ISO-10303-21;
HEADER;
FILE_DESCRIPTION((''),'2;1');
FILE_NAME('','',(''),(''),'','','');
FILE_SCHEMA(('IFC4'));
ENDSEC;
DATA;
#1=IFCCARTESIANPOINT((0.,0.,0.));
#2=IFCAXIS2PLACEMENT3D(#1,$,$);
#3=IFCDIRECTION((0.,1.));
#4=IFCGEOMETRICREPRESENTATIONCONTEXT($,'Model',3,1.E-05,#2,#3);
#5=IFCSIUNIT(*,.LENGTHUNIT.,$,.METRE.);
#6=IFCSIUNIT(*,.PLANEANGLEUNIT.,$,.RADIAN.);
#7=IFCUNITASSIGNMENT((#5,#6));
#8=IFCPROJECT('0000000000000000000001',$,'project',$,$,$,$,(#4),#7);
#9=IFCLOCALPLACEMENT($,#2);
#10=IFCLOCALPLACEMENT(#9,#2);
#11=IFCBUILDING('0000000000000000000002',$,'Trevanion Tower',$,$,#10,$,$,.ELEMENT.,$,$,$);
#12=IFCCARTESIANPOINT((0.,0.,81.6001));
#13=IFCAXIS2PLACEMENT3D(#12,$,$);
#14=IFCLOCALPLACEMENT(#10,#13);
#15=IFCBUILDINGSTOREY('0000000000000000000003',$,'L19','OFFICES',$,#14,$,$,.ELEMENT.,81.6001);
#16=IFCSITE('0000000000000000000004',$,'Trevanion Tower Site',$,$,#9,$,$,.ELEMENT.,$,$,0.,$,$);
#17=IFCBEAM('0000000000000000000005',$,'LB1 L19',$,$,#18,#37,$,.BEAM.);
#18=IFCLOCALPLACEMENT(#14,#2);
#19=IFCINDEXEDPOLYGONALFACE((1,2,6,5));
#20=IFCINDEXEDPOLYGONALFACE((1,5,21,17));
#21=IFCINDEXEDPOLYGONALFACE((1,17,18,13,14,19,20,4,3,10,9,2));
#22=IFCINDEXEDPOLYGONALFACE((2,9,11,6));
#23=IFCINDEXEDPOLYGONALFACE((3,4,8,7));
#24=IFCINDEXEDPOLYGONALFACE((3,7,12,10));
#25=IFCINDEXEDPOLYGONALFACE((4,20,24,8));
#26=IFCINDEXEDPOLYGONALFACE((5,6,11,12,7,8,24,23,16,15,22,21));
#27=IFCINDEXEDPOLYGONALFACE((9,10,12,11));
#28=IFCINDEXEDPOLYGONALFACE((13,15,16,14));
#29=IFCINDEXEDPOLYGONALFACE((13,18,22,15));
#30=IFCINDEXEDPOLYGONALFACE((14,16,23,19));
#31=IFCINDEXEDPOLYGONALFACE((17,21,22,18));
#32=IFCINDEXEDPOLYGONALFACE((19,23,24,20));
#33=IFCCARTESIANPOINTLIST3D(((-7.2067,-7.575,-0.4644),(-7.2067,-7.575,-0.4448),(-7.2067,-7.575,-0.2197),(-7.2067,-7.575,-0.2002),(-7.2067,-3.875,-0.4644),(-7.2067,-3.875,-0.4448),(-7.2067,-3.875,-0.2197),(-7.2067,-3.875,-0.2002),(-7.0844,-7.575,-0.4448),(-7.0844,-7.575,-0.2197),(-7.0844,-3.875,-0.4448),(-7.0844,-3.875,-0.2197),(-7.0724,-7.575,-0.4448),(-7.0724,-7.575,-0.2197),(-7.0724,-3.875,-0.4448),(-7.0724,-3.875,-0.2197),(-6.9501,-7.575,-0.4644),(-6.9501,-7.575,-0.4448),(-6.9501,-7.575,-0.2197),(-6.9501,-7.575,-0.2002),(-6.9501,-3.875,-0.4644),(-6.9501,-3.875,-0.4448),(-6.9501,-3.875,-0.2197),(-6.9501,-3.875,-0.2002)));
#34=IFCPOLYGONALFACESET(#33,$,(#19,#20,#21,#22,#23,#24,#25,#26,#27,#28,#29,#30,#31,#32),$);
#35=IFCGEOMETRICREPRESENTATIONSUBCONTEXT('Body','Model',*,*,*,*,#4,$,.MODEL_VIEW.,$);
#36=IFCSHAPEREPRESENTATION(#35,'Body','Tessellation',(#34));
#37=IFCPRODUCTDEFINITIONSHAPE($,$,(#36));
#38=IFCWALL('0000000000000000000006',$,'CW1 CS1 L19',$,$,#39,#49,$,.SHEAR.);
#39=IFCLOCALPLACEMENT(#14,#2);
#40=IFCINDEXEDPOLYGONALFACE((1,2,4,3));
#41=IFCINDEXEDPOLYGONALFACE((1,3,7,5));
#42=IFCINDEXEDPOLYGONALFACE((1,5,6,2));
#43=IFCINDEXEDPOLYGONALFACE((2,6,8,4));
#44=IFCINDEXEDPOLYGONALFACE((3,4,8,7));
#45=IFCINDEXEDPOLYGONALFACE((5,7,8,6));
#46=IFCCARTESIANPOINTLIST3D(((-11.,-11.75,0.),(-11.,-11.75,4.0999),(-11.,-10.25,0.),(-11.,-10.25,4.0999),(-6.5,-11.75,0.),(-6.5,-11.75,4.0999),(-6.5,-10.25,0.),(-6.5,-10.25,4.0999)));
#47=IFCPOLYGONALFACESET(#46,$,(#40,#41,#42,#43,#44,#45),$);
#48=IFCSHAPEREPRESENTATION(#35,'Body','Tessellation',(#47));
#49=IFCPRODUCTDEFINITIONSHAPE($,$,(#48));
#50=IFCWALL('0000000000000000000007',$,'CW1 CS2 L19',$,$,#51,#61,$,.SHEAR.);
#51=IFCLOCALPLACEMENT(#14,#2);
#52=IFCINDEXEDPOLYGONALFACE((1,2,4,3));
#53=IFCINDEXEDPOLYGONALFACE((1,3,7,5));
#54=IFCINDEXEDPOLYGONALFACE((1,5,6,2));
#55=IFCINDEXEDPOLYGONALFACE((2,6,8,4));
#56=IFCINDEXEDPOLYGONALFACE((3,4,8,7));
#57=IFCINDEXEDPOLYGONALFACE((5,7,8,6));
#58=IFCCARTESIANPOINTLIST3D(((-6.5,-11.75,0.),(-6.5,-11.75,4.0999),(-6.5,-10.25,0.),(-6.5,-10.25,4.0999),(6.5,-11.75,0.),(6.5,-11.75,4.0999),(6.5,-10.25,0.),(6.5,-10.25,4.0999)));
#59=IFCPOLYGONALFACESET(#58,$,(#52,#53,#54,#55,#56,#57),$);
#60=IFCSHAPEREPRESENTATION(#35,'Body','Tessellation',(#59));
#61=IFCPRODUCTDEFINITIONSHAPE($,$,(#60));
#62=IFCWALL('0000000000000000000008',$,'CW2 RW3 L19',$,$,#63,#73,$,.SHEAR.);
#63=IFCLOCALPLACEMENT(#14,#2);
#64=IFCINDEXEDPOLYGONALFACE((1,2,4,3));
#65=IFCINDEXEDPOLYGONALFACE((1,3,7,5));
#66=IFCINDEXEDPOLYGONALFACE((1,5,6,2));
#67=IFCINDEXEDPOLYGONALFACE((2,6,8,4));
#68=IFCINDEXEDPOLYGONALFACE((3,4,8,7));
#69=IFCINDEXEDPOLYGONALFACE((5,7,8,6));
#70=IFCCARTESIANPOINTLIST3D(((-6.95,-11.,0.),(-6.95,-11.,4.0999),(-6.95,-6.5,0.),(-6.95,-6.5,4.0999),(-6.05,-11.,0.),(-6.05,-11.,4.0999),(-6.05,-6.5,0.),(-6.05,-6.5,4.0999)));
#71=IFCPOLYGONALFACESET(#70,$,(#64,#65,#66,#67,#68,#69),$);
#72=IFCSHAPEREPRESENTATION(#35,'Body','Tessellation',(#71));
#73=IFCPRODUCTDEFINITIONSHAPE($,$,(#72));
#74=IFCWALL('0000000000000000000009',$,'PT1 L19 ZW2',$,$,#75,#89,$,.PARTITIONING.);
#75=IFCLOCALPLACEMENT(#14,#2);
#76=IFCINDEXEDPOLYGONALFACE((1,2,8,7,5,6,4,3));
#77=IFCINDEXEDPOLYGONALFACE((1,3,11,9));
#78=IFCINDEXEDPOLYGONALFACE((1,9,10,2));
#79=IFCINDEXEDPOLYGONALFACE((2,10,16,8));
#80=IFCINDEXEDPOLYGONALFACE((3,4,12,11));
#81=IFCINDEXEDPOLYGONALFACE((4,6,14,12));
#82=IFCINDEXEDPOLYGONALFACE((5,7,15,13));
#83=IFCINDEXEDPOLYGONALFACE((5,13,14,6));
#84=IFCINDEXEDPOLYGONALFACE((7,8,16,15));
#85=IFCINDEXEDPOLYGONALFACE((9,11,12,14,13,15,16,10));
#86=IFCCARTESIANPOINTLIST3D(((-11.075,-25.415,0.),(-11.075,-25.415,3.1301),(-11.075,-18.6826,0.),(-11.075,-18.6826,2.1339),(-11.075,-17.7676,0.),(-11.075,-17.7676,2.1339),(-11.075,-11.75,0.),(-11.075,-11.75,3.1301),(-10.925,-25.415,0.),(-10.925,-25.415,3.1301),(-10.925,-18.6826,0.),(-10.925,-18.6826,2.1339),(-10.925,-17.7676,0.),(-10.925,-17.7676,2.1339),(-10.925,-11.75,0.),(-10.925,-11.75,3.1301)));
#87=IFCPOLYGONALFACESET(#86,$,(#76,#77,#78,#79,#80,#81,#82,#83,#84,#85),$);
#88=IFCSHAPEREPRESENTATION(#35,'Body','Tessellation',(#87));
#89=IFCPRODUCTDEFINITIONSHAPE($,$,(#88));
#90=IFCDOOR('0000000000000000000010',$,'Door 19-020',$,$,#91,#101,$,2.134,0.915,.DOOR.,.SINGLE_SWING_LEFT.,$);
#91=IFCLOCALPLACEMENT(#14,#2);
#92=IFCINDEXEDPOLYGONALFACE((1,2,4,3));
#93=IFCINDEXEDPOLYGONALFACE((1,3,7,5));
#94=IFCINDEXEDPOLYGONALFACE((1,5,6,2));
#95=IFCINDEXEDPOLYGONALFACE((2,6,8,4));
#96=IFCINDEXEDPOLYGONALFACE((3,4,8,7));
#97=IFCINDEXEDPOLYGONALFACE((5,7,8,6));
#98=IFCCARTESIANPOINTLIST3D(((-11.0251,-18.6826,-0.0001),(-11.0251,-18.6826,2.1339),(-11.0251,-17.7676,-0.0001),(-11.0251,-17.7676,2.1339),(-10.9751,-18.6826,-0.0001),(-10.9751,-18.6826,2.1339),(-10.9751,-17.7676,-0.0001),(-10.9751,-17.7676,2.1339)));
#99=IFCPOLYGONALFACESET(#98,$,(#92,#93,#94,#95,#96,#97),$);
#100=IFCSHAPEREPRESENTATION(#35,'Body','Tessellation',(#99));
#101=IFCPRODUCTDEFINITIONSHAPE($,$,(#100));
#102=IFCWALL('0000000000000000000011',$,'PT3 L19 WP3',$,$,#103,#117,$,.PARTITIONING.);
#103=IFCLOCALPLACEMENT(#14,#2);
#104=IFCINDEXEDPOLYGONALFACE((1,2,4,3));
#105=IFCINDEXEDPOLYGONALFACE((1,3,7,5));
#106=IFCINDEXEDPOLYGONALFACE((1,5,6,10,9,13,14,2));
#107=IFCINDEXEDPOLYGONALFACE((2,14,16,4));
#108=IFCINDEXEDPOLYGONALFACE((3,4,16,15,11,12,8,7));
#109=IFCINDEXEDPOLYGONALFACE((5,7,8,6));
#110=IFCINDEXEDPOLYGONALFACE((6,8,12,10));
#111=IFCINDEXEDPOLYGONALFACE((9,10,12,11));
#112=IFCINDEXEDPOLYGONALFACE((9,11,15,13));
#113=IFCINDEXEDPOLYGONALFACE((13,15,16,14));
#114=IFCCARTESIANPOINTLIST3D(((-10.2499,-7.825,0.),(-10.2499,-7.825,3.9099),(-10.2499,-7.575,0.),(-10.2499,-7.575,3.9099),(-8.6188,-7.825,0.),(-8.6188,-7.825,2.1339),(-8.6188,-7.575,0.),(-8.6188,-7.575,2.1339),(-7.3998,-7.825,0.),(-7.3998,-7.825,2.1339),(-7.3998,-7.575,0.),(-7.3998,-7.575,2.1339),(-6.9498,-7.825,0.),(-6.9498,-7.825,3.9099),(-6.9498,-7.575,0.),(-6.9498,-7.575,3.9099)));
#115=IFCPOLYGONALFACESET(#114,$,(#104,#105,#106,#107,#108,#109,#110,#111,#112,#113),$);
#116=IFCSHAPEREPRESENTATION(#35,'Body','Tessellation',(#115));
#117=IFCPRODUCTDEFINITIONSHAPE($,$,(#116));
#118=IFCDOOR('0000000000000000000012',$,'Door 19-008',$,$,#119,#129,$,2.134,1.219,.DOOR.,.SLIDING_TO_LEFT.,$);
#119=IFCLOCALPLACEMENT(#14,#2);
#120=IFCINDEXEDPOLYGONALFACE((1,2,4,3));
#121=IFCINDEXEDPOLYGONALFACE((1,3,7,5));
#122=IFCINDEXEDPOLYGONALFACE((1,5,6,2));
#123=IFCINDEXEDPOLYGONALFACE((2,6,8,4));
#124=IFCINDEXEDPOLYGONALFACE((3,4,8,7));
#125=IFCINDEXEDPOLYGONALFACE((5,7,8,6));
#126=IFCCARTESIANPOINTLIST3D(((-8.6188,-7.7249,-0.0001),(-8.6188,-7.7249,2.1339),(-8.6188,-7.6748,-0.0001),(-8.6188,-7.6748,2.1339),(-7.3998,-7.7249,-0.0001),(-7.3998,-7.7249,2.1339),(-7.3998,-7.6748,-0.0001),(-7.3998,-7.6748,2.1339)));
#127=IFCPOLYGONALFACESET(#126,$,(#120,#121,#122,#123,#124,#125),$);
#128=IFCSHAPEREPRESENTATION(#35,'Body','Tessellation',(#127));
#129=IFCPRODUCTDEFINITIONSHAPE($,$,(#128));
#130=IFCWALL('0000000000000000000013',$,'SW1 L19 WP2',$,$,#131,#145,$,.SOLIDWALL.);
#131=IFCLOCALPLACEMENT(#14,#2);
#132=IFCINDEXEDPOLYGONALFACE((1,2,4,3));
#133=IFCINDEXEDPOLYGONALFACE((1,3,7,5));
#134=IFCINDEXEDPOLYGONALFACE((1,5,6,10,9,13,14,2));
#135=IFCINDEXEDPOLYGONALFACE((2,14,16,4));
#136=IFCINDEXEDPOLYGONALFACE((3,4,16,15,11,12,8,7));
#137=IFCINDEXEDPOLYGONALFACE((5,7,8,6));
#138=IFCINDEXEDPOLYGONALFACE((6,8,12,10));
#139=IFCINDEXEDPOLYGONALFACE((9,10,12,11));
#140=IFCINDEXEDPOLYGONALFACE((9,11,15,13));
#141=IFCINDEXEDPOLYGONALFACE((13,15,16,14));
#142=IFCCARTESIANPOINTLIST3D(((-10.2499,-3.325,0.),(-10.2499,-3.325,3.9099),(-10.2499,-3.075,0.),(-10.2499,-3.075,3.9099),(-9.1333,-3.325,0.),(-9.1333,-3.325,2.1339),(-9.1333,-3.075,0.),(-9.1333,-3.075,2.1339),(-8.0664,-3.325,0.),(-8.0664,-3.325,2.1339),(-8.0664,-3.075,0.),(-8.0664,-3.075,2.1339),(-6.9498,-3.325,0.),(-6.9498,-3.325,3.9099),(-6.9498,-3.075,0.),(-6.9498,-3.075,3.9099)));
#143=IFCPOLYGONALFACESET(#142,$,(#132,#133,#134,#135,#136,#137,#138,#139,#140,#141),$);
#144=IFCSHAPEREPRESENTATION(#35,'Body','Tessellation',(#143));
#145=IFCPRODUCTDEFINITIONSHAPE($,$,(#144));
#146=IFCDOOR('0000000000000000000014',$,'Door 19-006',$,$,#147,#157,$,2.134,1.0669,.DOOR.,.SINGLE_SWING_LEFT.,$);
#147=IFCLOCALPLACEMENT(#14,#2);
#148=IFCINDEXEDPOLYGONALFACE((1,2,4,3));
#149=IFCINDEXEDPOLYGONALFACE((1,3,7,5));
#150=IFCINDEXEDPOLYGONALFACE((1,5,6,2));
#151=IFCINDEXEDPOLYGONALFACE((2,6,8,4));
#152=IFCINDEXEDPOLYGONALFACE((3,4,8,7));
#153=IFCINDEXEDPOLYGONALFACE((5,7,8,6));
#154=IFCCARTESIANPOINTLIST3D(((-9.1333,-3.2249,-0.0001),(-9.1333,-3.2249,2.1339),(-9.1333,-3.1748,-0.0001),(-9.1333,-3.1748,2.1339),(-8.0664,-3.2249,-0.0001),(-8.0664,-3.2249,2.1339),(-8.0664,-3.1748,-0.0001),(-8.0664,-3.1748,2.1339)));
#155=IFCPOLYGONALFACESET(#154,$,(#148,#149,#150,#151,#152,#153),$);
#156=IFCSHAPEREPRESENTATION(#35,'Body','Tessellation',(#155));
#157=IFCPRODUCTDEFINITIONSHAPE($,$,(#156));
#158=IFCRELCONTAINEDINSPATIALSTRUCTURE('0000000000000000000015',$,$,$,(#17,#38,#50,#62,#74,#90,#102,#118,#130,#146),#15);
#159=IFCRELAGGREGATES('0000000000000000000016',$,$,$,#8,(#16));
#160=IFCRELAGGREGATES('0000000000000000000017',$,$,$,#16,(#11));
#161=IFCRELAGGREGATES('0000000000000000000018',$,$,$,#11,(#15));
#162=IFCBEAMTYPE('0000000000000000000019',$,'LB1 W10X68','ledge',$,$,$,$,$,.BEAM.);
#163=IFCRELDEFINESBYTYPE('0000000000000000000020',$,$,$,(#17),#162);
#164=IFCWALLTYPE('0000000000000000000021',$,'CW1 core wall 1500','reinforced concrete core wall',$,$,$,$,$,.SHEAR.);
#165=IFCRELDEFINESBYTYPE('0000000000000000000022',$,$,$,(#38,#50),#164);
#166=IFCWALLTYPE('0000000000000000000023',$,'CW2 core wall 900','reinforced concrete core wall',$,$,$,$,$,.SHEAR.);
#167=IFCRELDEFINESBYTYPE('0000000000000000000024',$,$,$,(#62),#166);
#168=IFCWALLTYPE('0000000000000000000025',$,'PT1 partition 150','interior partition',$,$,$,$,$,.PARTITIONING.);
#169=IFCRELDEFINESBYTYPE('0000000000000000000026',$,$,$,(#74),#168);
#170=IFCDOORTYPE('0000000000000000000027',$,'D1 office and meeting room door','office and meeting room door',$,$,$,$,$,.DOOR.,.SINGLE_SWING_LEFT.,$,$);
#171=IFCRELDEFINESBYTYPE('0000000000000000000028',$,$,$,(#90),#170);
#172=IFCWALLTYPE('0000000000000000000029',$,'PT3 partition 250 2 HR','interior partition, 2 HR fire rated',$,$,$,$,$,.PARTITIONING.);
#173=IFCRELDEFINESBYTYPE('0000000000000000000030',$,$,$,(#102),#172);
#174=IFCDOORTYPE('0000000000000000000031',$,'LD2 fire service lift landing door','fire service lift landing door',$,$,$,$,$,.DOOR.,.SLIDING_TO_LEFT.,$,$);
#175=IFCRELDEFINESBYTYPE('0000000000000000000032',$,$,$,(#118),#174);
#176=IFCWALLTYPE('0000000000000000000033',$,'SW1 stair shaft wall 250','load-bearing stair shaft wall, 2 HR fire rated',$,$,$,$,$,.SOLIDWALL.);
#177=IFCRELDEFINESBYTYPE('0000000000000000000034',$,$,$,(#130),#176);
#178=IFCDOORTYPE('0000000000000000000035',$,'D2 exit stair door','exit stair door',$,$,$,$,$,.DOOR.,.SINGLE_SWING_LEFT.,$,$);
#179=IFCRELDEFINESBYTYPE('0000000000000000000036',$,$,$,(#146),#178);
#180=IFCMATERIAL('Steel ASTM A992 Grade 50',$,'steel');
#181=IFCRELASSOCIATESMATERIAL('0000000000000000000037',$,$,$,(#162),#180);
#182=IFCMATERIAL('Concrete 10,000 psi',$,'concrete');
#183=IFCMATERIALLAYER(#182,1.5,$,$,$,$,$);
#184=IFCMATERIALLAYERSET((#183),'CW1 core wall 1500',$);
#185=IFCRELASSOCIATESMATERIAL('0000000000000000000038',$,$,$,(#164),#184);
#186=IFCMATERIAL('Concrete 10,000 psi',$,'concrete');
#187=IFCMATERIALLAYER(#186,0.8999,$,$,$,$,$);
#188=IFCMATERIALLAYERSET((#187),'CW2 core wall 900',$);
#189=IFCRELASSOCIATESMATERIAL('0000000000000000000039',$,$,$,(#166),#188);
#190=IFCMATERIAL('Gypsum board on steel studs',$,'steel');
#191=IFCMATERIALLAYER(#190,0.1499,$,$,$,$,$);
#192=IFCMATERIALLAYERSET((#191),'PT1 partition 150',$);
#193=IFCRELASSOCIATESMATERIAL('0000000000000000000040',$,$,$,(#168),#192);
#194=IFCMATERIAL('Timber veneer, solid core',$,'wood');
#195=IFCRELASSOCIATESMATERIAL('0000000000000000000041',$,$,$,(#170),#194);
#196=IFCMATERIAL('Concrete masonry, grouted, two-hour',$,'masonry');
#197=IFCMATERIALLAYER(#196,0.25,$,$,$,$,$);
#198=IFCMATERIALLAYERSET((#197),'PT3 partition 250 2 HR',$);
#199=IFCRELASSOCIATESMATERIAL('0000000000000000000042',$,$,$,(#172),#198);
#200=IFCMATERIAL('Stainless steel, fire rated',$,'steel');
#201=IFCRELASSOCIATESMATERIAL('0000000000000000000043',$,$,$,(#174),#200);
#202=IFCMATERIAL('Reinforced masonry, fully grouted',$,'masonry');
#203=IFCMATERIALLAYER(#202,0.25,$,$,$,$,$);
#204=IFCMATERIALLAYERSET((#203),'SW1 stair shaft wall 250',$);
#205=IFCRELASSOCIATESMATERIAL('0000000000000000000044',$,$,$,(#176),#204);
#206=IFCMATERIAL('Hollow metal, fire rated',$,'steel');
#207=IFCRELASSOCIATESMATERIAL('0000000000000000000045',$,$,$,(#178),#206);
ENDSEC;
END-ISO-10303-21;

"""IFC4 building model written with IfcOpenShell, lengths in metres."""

from ifc_helpers import new_model, si_unit, direction, frame, frame_2d, origin, origin_2d, place, context, subcontext, project, spatial, rectangle, i_section, extrude, material, layer, layer_set, material_profile, profile_set, type_object, element, fill, save


model = new_model("IFC4")

# Units and contexts
model_context = context("Model", 3, precision=1e-05, world=origin(), true_north=direction((0.0, 1.0)))
body_context = subcontext(model_context, "Body", "Model", "MODEL_VIEW")
ifc_project = project(units=[si_unit("LENGTHUNIT", "METRE"), si_unit("PLANEANGLEUNIT", "RADIAN")], contexts=[model_context])

# Site, building, storey
site_placement = place(None, origin())
site = spatial("IfcSite", under=ifc_project, at=site_placement, Name="Trevanion Tower Site", CompositionType="ELEMENT", RefElevation=0.0)
building_placement = place(site_placement, origin())
building = spatial("IfcBuilding", under=site, at=building_placement, Name="Trevanion Tower", CompositionType="ELEMENT")
storey_placement = place(building_placement, frame((0.0, 0.0, 81.6001)))
storey = spatial("IfcBuildingStorey", under=building, at=storey_placement, Name="L19", Description="OFFICES", CompositionType="ELEMENT", Elevation=81.6001)

# Beam
ifc_material_1 = material(Name="Steel ASTM A992 Grade 50", Category="steel")
ifc_material_profile_1 = material_profile(ifc_material_1, i_section(OverallWidth=0.2566, OverallDepth=0.2642, WebThickness=0.012, FlangeThickness=0.0195, at=origin_2d()), Name="W10X68")
ifc_profile_set_1 = profile_set([ifc_material_profile_1], Name="Steel ASTM A992 Grade 50")
beam_type_1 = type_object("IfcBeamType", Name="LB1 W10X68", Description="ledge", PredefinedType="BEAM", material=ifc_profile_set_1)
for number, where, z_axis, x_axis, name in (
    (1, (-7.0784, -7.575, -0.3323), (0.0, 1.0, 0.0), (-1.0, 0.0, 0.0), "LB1 L19"),
):
    element("IfcBeam", number, at=place(storey_placement, frame(where, z_axis=z_axis, x_axis=x_axis)), inside=storey, type_object=beam_type_1, Name=name, PredefinedType="BEAM", context=body_context, shape_type="SweptSolid", body=[
        extrude(i_section(OverallWidth=0.2566, OverallDepth=0.2642, WebThickness=0.012, FlangeThickness=0.0195, at=origin_2d()), origin(), (0.0, 0.0, 1.0), 3.7),
    ])

# Walls
ifc_material_2 = material(Name="Concrete 10,000 psi", Category="concrete")
ifc_layer_1 = layer(ifc_material_2, 1.5)
ifc_layer_set_1 = layer_set([ifc_layer_1], Name="CW1 core wall 1500")
wall_type_1 = type_object("IfcWallType", Name="CW1 core wall 1500", Description="reinforced concrete core wall", PredefinedType="SHEAR", material=ifc_layer_set_1)
wall_1_placement = place(storey_placement, frame((-11.0, -11.0, 0.0), z_axis=(0.0, 0.0, 1.0), x_axis=(1.0, 0.0, 0.0)))
element("IfcWall", 2, at=wall_1_placement, inside=storey, type_object=wall_type_1, Name="CW1 CS1 L19", PredefinedType="SHEAR", context=body_context, shape_type="SweptSolid", body=[
    extrude(rectangle(XDim=4.5, YDim=1.5, at=frame_2d((2.25, 0.0))), origin(), (0.0, 0.0, 1.0), 4.0999),
])
wall_2_placement = place(storey_placement, frame((-6.5, -11.0, 0.0), z_axis=(0.0, 0.0, 1.0), x_axis=(1.0, 0.0, 0.0)))
element("IfcWall", 3, at=wall_2_placement, inside=storey, type_object=wall_type_1, Name="CW1 CS2 L19", PredefinedType="SHEAR", context=body_context, shape_type="SweptSolid", body=[
    extrude(rectangle(XDim=13.0, YDim=1.5, at=frame_2d((6.5, 0.0))), origin(), (0.0, 0.0, 1.0), 4.0999),
])
ifc_material_3 = material(Name="Concrete 10,000 psi", Category="concrete")
ifc_layer_2 = layer(ifc_material_3, 0.8999)
ifc_layer_set_2 = layer_set([ifc_layer_2], Name="CW2 core wall 900")
wall_type_2 = type_object("IfcWallType", Name="CW2 core wall 900", Description="reinforced concrete core wall", PredefinedType="SHEAR", material=ifc_layer_set_2)
wall_3_placement = place(storey_placement, frame((-6.5, -6.5, 0.0), z_axis=(0.0, 0.0, 1.0), x_axis=(0.0, -1.0, 0.0)))
element("IfcWall", 4, at=wall_3_placement, inside=storey, type_object=wall_type_2, Name="CW2 RW3 L19", PredefinedType="SHEAR", context=body_context, shape_type="SweptSolid", body=[
    extrude(rectangle(XDim=4.5, YDim=0.8999, at=frame_2d((2.25, 0.0))), origin(), (0.0, 0.0, 1.0), 4.0999),
])

# Walls, openings, doors
ifc_material_4 = material(Name="Gypsum board on steel studs", Category="steel")
ifc_layer_3 = layer(ifc_material_4, 0.1499)
ifc_layer_set_3 = layer_set([ifc_layer_3], Name="PT1 partition 150")
wall_type_3 = type_object("IfcWallType", Name="PT1 partition 150", Description="interior partition", PredefinedType="PARTITIONING", material=ifc_layer_set_3)
wall_4_placement = place(storey_placement, frame((-11.0, -11.75, 0.0), z_axis=(0.0, 0.0, 1.0), x_axis=(0.0, -1.0, 0.0)))
wall_4 = element("IfcWall", 5, at=wall_4_placement, inside=storey, type_object=wall_type_3, Name="PT1 L19 ZW2", PredefinedType="PARTITIONING", context=body_context, shape_type="SweptSolid", body=[
    extrude(rectangle(XDim=13.665, YDim=0.1499, at=frame_2d((6.8325, 0.0))), origin(), (0.0, 0.0, 1.0), 3.1301),
])
opening_1_placement = place(wall_4_placement, frame((6.0176, 0.0, 0.0)))
opening_1 = element("IfcOpeningElement", 6, at=opening_1_placement, cuts=wall_4, PredefinedType="OPENING", context=body_context, shape_type="SweptSolid", body=[
    extrude(rectangle(XDim=0.915, YDim=2.134, at=frame_2d((0.4575, 1.0669))), frame((0.0, 0.085, 0.0), z_axis=(0.0, -1.0, 0.0), x_axis=(1.0, 0.0, 0.0)), (0.0, 0.0, 1.0), 0.1699),
])
ifc_material_5 = material(Name="Timber veneer, solid core", Category="wood")
door_type_1 = type_object("IfcDoorType", Name="D1 office and meeting room door", Description="office and meeting room door", OperationType="SINGLE_SWING_LEFT", PredefinedType="DOOR", material=ifc_material_5)
door_1_placement = place(opening_1_placement, origin())
door_1 = element("IfcDoor", 7, at=door_1_placement, inside=storey, type_object=door_type_1, Name="Door 19-020", OperationType="SINGLE_SWING_LEFT", OverallHeight=2.134, OverallWidth=0.915, PredefinedType="DOOR", context=body_context, shape_type="SweptSolid", body=[
    extrude(rectangle(XDim=0.915, YDim=2.134, at=frame_2d((0.4575, 1.0669))), frame((0.0, 0.0249, 0.0), z_axis=(0.0, -1.0, 0.0), x_axis=(1.0, 0.0, 0.0)), (0.0, 0.0, 1.0), 0.05),
])
fill(opening_1, door_1)
ifc_material_6 = material(Name="Concrete masonry, grouted, two-hour", Category="masonry")
ifc_layer_4 = layer(ifc_material_6, 0.25)
ifc_layer_set_4 = layer_set([ifc_layer_4], Name="PT3 partition 250 2 HR")
wall_type_4 = type_object("IfcWallType", Name="PT3 partition 250 2 HR", Description="interior partition, 2 HR fire rated", PredefinedType="PARTITIONING", material=ifc_layer_set_4)
wall_5_placement = place(storey_placement, frame((-6.95, -7.7, 0.0), z_axis=(0.0, 0.0, 1.0), x_axis=(-1.0, 0.0, 0.0)))
wall_5 = element("IfcWall", 8, at=wall_5_placement, inside=storey, type_object=wall_type_4, Name="PT3 L19 WP3", PredefinedType="PARTITIONING", context=body_context, shape_type="SweptSolid", body=[
    extrude(rectangle(XDim=3.3, YDim=0.25, at=frame_2d((1.6499, 0.0))), origin(), (0.0, 0.0, 1.0), 3.9099),
])
opening_2_placement = place(wall_5_placement, frame((0.45, 0.0, 0.0)))
opening_2 = element("IfcOpeningElement", 9, at=opening_2_placement, cuts=wall_5, PredefinedType="OPENING", context=body_context, shape_type="SweptSolid", body=[
    extrude(rectangle(XDim=1.219, YDim=2.134, at=frame_2d((0.6094, 1.0669))), frame((0.0, 0.135, 0.0), z_axis=(0.0, -1.0, 0.0), x_axis=(1.0, 0.0, 0.0)), (0.0, 0.0, 1.0), 0.27),
])
ifc_material_7 = material(Name="Stainless steel, fire rated", Category="steel")
door_type_2 = type_object("IfcDoorType", Name="LD2 fire service lift landing door", Description="fire service lift landing door", OperationType="SLIDING_TO_LEFT", PredefinedType="DOOR", material=ifc_material_7)
door_2_placement = place(opening_2_placement, origin())
door_2 = element("IfcDoor", 10, at=door_2_placement, inside=storey, type_object=door_type_2, Name="Door 19-008", OperationType="SLIDING_TO_LEFT", OverallHeight=2.134, OverallWidth=1.219, PredefinedType="DOOR", context=body_context, shape_type="SweptSolid", body=[
    extrude(rectangle(XDim=1.219, YDim=2.134, at=frame_2d((0.6094, 1.0669))), frame((0.0, 0.0249, 0.0), z_axis=(0.0, -1.0, 0.0), x_axis=(1.0, 0.0, 0.0)), (0.0, 0.0, 1.0), 0.05),
])
fill(opening_2, door_2)
ifc_material_8 = material(Name="Reinforced masonry, fully grouted", Category="masonry")
ifc_layer_5 = layer(ifc_material_8, 0.25)
ifc_layer_set_5 = layer_set([ifc_layer_5], Name="SW1 stair shaft wall 250")
wall_type_5 = type_object("IfcWallType", Name="SW1 stair shaft wall 250", Description="load-bearing stair shaft wall, 2 HR fire rated", PredefinedType="SOLIDWALL", material=ifc_layer_set_5)
wall_6_placement = place(storey_placement, frame((-6.95, -3.2, 0.0), z_axis=(0.0, 0.0, 1.0), x_axis=(-1.0, 0.0, 0.0)))
wall_6 = element("IfcWall", 11, at=wall_6_placement, inside=storey, type_object=wall_type_5, Name="SW1 L19 WP2", PredefinedType="SOLIDWALL", context=body_context, shape_type="SweptSolid", body=[
    extrude(rectangle(XDim=3.3, YDim=0.25, at=frame_2d((1.6499, 0.0))), origin(), (0.0, 0.0, 1.0), 3.9099),
])
opening_3_placement = place(wall_6_placement, frame((1.1165, 0.0, 0.0)))
opening_3 = element("IfcOpeningElement", 12, at=opening_3_placement, cuts=wall_6, PredefinedType="OPENING", context=body_context, shape_type="SweptSolid", body=[
    extrude(rectangle(XDim=1.0669, YDim=2.134, at=frame_2d((0.5334, 1.0669))), frame((0.0, 0.135, 0.0), z_axis=(0.0, -1.0, 0.0), x_axis=(1.0, 0.0, 0.0)), (0.0, 0.0, 1.0), 0.27),
])
ifc_material_9 = material(Name="Hollow metal, fire rated", Category="steel")
door_type_3 = type_object("IfcDoorType", Name="D2 exit stair door", Description="exit stair door", OperationType="SINGLE_SWING_LEFT", PredefinedType="DOOR", material=ifc_material_9)
door_3_placement = place(opening_3_placement, origin())
door_3 = element("IfcDoor", 13, at=door_3_placement, inside=storey, type_object=door_type_3, Name="Door 19-006", OperationType="SINGLE_SWING_LEFT", OverallHeight=2.134, OverallWidth=1.0669, PredefinedType="DOOR", context=body_context, shape_type="SweptSolid", body=[
    extrude(rectangle(XDim=1.0669, YDim=2.134, at=frame_2d((0.5334, 1.0669))), frame((0.0, 0.0249, 0.0), z_axis=(0.0, -1.0, 0.0), x_axis=(1.0, 0.0, 0.0)), (0.0, 0.0, 1.0), 0.05),
])
fill(opening_3, door_3)

save(model, "model.ifc")
